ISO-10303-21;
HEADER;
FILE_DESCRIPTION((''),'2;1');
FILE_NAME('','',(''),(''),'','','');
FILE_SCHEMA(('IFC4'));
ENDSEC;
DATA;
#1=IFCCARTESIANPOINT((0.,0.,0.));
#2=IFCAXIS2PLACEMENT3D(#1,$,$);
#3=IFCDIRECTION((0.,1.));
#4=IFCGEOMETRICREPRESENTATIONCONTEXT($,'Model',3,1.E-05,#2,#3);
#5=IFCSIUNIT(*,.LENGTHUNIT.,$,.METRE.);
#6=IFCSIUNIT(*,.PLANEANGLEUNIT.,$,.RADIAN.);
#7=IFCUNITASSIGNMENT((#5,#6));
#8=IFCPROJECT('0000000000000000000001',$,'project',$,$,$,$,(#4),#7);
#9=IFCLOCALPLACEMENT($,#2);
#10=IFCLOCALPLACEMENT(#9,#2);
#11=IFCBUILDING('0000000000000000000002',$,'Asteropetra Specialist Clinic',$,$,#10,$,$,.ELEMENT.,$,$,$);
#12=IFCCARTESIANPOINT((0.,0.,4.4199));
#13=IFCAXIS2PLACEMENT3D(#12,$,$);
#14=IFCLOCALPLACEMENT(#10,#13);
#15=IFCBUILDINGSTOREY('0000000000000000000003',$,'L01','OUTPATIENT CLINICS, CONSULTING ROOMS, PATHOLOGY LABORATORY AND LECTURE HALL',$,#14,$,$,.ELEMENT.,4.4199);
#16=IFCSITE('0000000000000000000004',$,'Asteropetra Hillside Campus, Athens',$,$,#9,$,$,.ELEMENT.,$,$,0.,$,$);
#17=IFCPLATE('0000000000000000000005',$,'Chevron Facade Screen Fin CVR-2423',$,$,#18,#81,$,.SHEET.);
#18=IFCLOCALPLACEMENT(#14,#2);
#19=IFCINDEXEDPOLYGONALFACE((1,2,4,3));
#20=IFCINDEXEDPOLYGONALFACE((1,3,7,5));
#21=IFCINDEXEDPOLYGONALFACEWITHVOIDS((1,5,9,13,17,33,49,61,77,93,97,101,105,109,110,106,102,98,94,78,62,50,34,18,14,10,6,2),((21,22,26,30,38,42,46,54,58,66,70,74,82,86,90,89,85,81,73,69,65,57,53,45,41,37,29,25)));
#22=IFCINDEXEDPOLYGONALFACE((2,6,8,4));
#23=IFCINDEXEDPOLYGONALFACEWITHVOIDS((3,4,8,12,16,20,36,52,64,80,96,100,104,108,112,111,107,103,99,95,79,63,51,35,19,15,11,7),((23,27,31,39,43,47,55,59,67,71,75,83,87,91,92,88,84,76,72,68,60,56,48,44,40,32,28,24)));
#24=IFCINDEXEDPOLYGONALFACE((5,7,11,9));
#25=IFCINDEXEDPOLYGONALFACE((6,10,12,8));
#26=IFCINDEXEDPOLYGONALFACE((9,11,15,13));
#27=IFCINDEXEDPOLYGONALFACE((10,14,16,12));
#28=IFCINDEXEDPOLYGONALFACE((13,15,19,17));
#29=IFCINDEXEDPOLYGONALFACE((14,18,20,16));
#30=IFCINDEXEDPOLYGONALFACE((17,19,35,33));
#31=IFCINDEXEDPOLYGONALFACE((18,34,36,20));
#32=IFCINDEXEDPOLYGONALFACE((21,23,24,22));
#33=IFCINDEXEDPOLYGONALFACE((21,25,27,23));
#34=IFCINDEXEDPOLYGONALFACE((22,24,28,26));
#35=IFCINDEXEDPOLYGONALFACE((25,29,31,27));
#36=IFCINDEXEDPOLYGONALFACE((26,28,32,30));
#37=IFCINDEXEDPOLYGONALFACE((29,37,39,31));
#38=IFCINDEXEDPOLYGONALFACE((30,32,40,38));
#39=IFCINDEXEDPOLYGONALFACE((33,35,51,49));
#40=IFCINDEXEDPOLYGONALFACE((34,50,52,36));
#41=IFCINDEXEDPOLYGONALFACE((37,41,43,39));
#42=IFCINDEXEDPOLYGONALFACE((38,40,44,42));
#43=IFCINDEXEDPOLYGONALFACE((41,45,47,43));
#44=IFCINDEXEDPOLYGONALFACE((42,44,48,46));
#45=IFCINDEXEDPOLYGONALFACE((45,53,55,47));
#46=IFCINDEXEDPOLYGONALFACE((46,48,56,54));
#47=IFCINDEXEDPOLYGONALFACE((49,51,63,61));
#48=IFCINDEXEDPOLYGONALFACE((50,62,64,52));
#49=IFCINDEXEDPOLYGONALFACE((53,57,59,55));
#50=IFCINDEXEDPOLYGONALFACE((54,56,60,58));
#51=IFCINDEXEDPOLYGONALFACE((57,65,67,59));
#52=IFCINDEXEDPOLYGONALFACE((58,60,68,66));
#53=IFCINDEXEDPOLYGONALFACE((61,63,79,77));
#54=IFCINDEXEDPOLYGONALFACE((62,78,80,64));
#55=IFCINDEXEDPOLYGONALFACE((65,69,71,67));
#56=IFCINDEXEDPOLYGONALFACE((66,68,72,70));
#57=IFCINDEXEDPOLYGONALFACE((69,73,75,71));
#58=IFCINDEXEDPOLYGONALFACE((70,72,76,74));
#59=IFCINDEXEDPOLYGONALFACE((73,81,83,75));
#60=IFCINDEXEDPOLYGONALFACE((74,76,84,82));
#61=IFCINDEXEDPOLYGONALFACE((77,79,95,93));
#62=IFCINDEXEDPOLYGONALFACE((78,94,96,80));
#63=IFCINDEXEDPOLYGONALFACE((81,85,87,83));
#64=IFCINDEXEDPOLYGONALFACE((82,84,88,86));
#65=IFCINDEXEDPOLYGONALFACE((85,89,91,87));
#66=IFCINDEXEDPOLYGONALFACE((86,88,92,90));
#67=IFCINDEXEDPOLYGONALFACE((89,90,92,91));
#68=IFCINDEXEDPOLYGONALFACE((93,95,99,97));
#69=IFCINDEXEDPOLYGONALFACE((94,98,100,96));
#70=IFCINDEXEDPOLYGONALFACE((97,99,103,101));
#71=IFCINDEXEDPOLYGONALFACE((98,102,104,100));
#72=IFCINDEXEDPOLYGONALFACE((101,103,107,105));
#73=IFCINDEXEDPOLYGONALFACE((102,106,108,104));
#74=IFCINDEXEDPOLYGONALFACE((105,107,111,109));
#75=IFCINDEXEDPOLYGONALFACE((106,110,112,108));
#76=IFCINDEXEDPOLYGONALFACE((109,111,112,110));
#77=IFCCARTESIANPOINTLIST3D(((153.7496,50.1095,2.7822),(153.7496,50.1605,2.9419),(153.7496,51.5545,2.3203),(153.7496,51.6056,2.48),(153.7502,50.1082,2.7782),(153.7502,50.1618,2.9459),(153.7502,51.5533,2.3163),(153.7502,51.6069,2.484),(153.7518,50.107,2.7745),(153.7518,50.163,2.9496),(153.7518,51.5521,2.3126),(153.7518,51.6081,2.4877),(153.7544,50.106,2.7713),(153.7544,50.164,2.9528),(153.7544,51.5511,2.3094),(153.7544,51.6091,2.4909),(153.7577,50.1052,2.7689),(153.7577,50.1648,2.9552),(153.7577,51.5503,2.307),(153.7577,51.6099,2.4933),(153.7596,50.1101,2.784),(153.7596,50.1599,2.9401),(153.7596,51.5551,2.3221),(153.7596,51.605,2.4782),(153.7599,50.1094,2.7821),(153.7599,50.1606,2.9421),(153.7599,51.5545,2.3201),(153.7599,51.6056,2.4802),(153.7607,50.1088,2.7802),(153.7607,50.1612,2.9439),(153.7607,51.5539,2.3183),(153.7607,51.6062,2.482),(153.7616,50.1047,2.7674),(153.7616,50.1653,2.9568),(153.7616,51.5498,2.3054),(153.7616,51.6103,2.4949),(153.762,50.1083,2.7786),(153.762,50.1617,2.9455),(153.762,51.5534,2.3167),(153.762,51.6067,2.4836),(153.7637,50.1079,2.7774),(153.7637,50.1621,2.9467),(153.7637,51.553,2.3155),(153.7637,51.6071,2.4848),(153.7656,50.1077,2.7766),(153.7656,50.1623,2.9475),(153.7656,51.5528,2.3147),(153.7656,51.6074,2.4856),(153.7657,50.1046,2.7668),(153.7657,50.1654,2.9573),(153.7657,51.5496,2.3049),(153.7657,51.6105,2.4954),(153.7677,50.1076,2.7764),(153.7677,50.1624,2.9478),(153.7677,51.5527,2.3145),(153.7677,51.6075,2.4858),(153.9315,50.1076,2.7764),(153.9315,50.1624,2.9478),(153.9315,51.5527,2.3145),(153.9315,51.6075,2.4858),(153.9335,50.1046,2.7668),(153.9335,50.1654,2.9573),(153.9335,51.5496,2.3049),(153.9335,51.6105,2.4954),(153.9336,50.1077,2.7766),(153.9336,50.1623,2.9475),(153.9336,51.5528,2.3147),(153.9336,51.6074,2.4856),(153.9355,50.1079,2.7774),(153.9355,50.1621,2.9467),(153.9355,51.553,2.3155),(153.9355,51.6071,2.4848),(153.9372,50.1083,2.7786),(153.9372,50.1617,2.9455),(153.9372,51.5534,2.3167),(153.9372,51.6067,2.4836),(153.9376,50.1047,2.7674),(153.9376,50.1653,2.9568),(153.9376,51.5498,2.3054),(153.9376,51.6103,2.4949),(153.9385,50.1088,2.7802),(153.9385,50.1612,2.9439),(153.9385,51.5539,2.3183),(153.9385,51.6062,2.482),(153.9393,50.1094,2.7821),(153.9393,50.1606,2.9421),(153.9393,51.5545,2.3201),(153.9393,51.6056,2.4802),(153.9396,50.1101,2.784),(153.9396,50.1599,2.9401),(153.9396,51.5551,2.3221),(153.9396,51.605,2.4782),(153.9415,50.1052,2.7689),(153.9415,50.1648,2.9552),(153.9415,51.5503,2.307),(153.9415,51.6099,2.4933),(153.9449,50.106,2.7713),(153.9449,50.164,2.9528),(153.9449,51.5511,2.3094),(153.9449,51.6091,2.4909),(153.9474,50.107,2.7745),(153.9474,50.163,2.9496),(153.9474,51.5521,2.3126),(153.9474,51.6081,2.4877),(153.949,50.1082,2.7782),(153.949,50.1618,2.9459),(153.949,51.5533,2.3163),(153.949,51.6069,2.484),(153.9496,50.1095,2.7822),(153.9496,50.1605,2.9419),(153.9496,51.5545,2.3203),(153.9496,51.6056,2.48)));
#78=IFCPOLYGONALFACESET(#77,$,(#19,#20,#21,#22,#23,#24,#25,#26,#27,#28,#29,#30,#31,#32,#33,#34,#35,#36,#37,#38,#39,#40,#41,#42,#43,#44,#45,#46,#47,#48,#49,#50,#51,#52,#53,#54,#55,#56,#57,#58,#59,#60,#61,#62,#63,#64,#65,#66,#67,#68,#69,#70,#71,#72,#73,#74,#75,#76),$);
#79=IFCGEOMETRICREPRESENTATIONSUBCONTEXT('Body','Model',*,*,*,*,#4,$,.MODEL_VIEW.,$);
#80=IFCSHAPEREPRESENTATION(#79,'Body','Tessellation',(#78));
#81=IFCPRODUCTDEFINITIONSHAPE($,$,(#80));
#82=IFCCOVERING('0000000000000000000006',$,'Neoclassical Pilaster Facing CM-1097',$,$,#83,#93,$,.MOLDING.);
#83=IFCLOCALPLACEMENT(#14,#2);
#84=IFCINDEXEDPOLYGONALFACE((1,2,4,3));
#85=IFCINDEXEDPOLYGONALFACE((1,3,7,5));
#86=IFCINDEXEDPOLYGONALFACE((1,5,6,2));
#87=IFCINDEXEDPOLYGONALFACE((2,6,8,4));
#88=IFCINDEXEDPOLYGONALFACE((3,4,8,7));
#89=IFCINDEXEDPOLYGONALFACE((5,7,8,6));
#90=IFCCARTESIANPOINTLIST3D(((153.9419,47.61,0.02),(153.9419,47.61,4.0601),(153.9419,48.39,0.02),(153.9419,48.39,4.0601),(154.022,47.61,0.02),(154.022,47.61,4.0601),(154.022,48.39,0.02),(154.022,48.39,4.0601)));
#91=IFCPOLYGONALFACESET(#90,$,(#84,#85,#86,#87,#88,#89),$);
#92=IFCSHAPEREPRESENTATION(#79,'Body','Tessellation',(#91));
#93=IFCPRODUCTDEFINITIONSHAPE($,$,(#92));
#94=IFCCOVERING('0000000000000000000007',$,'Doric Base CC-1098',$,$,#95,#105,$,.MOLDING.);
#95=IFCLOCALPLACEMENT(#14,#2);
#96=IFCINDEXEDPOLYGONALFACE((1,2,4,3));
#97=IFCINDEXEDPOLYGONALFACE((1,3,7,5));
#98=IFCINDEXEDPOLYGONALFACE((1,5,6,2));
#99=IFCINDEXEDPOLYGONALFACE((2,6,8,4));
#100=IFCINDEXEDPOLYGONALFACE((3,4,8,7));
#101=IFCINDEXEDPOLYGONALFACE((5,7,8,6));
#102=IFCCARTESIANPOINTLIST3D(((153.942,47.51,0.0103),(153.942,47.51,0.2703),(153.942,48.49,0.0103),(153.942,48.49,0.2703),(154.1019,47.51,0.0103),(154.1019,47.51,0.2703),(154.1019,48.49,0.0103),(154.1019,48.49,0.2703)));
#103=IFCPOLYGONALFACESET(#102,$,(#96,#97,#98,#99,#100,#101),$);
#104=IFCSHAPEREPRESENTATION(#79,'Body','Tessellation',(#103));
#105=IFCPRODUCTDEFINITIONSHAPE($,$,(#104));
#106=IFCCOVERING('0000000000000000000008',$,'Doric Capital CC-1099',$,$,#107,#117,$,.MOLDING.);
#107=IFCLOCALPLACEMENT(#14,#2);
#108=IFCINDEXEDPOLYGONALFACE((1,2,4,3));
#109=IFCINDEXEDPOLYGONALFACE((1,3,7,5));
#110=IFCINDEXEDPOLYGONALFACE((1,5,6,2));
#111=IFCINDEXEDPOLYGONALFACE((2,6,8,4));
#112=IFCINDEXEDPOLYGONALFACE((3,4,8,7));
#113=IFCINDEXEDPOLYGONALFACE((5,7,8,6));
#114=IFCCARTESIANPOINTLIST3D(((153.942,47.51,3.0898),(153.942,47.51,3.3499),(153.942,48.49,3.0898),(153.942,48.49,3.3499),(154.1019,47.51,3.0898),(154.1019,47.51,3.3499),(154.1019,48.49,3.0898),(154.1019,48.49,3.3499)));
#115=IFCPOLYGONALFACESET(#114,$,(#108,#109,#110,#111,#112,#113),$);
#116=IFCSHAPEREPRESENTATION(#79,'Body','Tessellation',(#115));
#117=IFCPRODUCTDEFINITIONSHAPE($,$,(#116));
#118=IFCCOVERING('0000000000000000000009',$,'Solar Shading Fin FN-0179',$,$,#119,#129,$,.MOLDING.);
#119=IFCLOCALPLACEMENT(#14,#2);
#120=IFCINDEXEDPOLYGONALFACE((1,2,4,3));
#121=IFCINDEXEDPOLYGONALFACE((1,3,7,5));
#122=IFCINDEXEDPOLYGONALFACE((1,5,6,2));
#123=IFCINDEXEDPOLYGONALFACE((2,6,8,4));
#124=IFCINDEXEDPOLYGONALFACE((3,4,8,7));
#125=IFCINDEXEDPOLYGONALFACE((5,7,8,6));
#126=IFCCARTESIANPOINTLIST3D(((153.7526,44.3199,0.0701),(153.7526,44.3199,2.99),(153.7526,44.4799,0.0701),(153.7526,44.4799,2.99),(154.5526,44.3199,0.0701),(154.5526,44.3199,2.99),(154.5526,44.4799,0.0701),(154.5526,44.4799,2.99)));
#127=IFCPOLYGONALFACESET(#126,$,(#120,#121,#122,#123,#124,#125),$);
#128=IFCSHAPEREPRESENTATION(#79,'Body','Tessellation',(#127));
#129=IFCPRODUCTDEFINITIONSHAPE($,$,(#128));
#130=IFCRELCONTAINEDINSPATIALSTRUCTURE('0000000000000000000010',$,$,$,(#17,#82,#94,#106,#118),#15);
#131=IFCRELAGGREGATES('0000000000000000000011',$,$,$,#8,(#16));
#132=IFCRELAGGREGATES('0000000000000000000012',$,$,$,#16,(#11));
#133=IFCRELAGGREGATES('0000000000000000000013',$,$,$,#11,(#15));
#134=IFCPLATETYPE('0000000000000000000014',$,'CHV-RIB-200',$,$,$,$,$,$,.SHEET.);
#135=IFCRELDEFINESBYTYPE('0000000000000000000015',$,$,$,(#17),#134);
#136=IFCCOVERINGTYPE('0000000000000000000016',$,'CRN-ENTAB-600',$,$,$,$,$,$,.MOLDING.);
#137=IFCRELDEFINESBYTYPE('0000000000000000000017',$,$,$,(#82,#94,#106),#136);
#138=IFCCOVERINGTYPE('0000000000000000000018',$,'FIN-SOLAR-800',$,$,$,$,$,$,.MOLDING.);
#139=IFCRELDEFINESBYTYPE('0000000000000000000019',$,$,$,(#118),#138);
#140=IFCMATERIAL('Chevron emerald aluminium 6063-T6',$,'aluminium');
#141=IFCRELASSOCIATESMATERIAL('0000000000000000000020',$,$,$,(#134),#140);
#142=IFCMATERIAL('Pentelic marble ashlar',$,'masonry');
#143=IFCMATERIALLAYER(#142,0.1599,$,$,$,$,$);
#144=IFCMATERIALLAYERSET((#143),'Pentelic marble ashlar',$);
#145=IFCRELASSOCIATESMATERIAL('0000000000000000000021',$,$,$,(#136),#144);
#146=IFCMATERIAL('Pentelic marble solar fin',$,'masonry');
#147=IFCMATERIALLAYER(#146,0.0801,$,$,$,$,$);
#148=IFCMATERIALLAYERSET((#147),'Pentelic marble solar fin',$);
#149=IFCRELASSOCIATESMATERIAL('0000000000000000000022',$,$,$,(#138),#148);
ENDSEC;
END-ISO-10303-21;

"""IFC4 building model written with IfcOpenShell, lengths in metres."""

from ifc_helpers import new_model, si_unit, direction, frame, origin, origin_2d, place, context, subcontext, project, spatial, rectangle, hollow_rectangle, extrude, material, layer, layer_set, material_profile, profile_set, type_object, element, save


model = new_model("IFC4")

# Units and contexts
model_context = context("Model", 3, precision=1e-05, world=origin(), true_north=direction((0.0, 1.0)))
body_context = subcontext(model_context, "Body", "Model", "MODEL_VIEW")
ifc_project = project(units=[si_unit("LENGTHUNIT", "METRE"), si_unit("PLANEANGLEUNIT", "RADIAN")], contexts=[model_context])

# Site, building, storey
site_placement = place(None, origin())
site = spatial("IfcSite", under=ifc_project, at=site_placement, Name="Asteropetra Hillside Campus, Athens", CompositionType="ELEMENT", RefElevation=0.0)
building_placement = place(site_placement, origin())
building = spatial("IfcBuilding", under=site, at=building_placement, Name="Asteropetra Specialist Clinic", CompositionType="ELEMENT")
storey_placement = place(building_placement, frame((0.0, 0.0, 4.4199)))
storey = spatial("IfcBuildingStorey", under=building, at=storey_placement, Name="L01", Description="OUTPATIENT CLINICS, CONSULTING ROOMS, PATHOLOGY LABORATORY AND LECTURE HALL", CompositionType="ELEMENT", Elevation=4.4199)

# Plate
ifc_material_1 = material(Name="Chevron emerald aluminium 6063-T6", Category="aluminium")
ifc_material_profile = material_profile(ifc_material_1, hollow_rectangle(XDim=0.2, YDim=0.2, WallThickness=0.01, InnerFilletRadius=0.0081, OuterFilletRadius=0.0161, at=origin_2d()), Name="SHS 200x200x10.0")
ifc_profile_set = profile_set([ifc_material_profile], Name="Chevron emerald aluminium 6063-T6")
plate_type = type_object("IfcPlateType", Name="CHV-RIB-200", PredefinedType="SHEET", material=ifc_profile_set)
for number, where, z_axis, x_axis, name in (
    (1, (153.8496, 50.135, 2.8621), (0.0, 0.952521, -0.304472), (-1.0, 0.0, 0.0), "Chevron Facade Screen Fin CVR-2423"),
):
    element("IfcPlate", number, at=place(storey_placement, frame(where, z_axis=z_axis, x_axis=x_axis)), inside=storey, type_object=plate_type, Name=name, PredefinedType="SHEET", context=body_context, shape_type="SweptSolid", body=[
        extrude(hollow_rectangle(XDim=0.2, YDim=0.2, WallThickness=0.01, InnerFilletRadius=0.0081, OuterFilletRadius=0.0161, at=origin_2d()), origin(), (0.0, 0.0, 1.0), 1.5171),
    ])

# Coverings
ifc_material_2 = material(Name="Pentelic marble ashlar", Category="masonry")
ifc_layer_1 = layer(ifc_material_2, 0.1599)
ifc_layer_set_1 = layer_set([ifc_layer_1], Name="Pentelic marble ashlar")
covering_type_1 = type_object("IfcCoveringType", Name="CRN-ENTAB-600", PredefinedType="MOLDING", material=ifc_layer_set_1)
covering_1_placement = place(storey_placement, frame((153.9819, 48.0, 0.02), z_axis=(0.0, 0.0, 1.0), x_axis=(1.0, 0.0, 0.0)))
element("IfcCovering", 2, at=covering_1_placement, inside=storey, type_object=covering_type_1, Name="Neoclassical Pilaster Facing CM-1097", PredefinedType="MOLDING", context=body_context, shape_type="SweptSolid", body=[
    extrude(rectangle(XDim=0.0801, YDim=0.78, at=origin_2d()), origin(), (0.0, 0.0, 1.0), 4.04),
])
for number, where, z_axis, x_axis, name in (
    (3, (154.022, 48.0, 0.0103), (0.0, 0.0, 1.0), (1.0, 0.0, 0.0), "Doric Base CC-1098"),
    (4, (154.022, 48.0, 3.0898), (0.0, 0.0, 1.0), (1.0, 0.0, 0.0), "Doric Capital CC-1099"),
):
    element("IfcCovering", number, at=place(storey_placement, frame(where, z_axis=z_axis, x_axis=x_axis)), inside=storey, type_object=covering_type_1, Name=name, PredefinedType="MOLDING", context=body_context, shape_type="SweptSolid", body=[
        extrude(rectangle(XDim=0.1599, YDim=0.98, at=origin_2d()), origin(), (0.0, 0.0, 1.0), 0.26),
    ])
ifc_material_3 = material(Name="Pentelic marble solar fin", Category="masonry")
ifc_layer_2 = layer(ifc_material_3, 0.0801)
ifc_layer_set_2 = layer_set([ifc_layer_2], Name="Pentelic marble solar fin")
covering_type_2 = type_object("IfcCoveringType", Name="FIN-SOLAR-800", PredefinedType="MOLDING", material=ifc_layer_set_2)
covering_2_placement = place(storey_placement, frame((154.1526, 44.3999, 0.0701), z_axis=(0.0, 0.0, 1.0), x_axis=(1.0, 0.0, 0.0)))
element("IfcCovering", 5, at=covering_2_placement, inside=storey, type_object=covering_type_2, Name="Solar Shading Fin FN-0179", PredefinedType="MOLDING", context=body_context, shape_type="SweptSolid", body=[
    extrude(rectangle(XDim=0.8, YDim=0.1599, at=origin_2d()), origin(), (0.0, 0.0, 1.0), 2.9199),
])

save(model, "model.ifc")
